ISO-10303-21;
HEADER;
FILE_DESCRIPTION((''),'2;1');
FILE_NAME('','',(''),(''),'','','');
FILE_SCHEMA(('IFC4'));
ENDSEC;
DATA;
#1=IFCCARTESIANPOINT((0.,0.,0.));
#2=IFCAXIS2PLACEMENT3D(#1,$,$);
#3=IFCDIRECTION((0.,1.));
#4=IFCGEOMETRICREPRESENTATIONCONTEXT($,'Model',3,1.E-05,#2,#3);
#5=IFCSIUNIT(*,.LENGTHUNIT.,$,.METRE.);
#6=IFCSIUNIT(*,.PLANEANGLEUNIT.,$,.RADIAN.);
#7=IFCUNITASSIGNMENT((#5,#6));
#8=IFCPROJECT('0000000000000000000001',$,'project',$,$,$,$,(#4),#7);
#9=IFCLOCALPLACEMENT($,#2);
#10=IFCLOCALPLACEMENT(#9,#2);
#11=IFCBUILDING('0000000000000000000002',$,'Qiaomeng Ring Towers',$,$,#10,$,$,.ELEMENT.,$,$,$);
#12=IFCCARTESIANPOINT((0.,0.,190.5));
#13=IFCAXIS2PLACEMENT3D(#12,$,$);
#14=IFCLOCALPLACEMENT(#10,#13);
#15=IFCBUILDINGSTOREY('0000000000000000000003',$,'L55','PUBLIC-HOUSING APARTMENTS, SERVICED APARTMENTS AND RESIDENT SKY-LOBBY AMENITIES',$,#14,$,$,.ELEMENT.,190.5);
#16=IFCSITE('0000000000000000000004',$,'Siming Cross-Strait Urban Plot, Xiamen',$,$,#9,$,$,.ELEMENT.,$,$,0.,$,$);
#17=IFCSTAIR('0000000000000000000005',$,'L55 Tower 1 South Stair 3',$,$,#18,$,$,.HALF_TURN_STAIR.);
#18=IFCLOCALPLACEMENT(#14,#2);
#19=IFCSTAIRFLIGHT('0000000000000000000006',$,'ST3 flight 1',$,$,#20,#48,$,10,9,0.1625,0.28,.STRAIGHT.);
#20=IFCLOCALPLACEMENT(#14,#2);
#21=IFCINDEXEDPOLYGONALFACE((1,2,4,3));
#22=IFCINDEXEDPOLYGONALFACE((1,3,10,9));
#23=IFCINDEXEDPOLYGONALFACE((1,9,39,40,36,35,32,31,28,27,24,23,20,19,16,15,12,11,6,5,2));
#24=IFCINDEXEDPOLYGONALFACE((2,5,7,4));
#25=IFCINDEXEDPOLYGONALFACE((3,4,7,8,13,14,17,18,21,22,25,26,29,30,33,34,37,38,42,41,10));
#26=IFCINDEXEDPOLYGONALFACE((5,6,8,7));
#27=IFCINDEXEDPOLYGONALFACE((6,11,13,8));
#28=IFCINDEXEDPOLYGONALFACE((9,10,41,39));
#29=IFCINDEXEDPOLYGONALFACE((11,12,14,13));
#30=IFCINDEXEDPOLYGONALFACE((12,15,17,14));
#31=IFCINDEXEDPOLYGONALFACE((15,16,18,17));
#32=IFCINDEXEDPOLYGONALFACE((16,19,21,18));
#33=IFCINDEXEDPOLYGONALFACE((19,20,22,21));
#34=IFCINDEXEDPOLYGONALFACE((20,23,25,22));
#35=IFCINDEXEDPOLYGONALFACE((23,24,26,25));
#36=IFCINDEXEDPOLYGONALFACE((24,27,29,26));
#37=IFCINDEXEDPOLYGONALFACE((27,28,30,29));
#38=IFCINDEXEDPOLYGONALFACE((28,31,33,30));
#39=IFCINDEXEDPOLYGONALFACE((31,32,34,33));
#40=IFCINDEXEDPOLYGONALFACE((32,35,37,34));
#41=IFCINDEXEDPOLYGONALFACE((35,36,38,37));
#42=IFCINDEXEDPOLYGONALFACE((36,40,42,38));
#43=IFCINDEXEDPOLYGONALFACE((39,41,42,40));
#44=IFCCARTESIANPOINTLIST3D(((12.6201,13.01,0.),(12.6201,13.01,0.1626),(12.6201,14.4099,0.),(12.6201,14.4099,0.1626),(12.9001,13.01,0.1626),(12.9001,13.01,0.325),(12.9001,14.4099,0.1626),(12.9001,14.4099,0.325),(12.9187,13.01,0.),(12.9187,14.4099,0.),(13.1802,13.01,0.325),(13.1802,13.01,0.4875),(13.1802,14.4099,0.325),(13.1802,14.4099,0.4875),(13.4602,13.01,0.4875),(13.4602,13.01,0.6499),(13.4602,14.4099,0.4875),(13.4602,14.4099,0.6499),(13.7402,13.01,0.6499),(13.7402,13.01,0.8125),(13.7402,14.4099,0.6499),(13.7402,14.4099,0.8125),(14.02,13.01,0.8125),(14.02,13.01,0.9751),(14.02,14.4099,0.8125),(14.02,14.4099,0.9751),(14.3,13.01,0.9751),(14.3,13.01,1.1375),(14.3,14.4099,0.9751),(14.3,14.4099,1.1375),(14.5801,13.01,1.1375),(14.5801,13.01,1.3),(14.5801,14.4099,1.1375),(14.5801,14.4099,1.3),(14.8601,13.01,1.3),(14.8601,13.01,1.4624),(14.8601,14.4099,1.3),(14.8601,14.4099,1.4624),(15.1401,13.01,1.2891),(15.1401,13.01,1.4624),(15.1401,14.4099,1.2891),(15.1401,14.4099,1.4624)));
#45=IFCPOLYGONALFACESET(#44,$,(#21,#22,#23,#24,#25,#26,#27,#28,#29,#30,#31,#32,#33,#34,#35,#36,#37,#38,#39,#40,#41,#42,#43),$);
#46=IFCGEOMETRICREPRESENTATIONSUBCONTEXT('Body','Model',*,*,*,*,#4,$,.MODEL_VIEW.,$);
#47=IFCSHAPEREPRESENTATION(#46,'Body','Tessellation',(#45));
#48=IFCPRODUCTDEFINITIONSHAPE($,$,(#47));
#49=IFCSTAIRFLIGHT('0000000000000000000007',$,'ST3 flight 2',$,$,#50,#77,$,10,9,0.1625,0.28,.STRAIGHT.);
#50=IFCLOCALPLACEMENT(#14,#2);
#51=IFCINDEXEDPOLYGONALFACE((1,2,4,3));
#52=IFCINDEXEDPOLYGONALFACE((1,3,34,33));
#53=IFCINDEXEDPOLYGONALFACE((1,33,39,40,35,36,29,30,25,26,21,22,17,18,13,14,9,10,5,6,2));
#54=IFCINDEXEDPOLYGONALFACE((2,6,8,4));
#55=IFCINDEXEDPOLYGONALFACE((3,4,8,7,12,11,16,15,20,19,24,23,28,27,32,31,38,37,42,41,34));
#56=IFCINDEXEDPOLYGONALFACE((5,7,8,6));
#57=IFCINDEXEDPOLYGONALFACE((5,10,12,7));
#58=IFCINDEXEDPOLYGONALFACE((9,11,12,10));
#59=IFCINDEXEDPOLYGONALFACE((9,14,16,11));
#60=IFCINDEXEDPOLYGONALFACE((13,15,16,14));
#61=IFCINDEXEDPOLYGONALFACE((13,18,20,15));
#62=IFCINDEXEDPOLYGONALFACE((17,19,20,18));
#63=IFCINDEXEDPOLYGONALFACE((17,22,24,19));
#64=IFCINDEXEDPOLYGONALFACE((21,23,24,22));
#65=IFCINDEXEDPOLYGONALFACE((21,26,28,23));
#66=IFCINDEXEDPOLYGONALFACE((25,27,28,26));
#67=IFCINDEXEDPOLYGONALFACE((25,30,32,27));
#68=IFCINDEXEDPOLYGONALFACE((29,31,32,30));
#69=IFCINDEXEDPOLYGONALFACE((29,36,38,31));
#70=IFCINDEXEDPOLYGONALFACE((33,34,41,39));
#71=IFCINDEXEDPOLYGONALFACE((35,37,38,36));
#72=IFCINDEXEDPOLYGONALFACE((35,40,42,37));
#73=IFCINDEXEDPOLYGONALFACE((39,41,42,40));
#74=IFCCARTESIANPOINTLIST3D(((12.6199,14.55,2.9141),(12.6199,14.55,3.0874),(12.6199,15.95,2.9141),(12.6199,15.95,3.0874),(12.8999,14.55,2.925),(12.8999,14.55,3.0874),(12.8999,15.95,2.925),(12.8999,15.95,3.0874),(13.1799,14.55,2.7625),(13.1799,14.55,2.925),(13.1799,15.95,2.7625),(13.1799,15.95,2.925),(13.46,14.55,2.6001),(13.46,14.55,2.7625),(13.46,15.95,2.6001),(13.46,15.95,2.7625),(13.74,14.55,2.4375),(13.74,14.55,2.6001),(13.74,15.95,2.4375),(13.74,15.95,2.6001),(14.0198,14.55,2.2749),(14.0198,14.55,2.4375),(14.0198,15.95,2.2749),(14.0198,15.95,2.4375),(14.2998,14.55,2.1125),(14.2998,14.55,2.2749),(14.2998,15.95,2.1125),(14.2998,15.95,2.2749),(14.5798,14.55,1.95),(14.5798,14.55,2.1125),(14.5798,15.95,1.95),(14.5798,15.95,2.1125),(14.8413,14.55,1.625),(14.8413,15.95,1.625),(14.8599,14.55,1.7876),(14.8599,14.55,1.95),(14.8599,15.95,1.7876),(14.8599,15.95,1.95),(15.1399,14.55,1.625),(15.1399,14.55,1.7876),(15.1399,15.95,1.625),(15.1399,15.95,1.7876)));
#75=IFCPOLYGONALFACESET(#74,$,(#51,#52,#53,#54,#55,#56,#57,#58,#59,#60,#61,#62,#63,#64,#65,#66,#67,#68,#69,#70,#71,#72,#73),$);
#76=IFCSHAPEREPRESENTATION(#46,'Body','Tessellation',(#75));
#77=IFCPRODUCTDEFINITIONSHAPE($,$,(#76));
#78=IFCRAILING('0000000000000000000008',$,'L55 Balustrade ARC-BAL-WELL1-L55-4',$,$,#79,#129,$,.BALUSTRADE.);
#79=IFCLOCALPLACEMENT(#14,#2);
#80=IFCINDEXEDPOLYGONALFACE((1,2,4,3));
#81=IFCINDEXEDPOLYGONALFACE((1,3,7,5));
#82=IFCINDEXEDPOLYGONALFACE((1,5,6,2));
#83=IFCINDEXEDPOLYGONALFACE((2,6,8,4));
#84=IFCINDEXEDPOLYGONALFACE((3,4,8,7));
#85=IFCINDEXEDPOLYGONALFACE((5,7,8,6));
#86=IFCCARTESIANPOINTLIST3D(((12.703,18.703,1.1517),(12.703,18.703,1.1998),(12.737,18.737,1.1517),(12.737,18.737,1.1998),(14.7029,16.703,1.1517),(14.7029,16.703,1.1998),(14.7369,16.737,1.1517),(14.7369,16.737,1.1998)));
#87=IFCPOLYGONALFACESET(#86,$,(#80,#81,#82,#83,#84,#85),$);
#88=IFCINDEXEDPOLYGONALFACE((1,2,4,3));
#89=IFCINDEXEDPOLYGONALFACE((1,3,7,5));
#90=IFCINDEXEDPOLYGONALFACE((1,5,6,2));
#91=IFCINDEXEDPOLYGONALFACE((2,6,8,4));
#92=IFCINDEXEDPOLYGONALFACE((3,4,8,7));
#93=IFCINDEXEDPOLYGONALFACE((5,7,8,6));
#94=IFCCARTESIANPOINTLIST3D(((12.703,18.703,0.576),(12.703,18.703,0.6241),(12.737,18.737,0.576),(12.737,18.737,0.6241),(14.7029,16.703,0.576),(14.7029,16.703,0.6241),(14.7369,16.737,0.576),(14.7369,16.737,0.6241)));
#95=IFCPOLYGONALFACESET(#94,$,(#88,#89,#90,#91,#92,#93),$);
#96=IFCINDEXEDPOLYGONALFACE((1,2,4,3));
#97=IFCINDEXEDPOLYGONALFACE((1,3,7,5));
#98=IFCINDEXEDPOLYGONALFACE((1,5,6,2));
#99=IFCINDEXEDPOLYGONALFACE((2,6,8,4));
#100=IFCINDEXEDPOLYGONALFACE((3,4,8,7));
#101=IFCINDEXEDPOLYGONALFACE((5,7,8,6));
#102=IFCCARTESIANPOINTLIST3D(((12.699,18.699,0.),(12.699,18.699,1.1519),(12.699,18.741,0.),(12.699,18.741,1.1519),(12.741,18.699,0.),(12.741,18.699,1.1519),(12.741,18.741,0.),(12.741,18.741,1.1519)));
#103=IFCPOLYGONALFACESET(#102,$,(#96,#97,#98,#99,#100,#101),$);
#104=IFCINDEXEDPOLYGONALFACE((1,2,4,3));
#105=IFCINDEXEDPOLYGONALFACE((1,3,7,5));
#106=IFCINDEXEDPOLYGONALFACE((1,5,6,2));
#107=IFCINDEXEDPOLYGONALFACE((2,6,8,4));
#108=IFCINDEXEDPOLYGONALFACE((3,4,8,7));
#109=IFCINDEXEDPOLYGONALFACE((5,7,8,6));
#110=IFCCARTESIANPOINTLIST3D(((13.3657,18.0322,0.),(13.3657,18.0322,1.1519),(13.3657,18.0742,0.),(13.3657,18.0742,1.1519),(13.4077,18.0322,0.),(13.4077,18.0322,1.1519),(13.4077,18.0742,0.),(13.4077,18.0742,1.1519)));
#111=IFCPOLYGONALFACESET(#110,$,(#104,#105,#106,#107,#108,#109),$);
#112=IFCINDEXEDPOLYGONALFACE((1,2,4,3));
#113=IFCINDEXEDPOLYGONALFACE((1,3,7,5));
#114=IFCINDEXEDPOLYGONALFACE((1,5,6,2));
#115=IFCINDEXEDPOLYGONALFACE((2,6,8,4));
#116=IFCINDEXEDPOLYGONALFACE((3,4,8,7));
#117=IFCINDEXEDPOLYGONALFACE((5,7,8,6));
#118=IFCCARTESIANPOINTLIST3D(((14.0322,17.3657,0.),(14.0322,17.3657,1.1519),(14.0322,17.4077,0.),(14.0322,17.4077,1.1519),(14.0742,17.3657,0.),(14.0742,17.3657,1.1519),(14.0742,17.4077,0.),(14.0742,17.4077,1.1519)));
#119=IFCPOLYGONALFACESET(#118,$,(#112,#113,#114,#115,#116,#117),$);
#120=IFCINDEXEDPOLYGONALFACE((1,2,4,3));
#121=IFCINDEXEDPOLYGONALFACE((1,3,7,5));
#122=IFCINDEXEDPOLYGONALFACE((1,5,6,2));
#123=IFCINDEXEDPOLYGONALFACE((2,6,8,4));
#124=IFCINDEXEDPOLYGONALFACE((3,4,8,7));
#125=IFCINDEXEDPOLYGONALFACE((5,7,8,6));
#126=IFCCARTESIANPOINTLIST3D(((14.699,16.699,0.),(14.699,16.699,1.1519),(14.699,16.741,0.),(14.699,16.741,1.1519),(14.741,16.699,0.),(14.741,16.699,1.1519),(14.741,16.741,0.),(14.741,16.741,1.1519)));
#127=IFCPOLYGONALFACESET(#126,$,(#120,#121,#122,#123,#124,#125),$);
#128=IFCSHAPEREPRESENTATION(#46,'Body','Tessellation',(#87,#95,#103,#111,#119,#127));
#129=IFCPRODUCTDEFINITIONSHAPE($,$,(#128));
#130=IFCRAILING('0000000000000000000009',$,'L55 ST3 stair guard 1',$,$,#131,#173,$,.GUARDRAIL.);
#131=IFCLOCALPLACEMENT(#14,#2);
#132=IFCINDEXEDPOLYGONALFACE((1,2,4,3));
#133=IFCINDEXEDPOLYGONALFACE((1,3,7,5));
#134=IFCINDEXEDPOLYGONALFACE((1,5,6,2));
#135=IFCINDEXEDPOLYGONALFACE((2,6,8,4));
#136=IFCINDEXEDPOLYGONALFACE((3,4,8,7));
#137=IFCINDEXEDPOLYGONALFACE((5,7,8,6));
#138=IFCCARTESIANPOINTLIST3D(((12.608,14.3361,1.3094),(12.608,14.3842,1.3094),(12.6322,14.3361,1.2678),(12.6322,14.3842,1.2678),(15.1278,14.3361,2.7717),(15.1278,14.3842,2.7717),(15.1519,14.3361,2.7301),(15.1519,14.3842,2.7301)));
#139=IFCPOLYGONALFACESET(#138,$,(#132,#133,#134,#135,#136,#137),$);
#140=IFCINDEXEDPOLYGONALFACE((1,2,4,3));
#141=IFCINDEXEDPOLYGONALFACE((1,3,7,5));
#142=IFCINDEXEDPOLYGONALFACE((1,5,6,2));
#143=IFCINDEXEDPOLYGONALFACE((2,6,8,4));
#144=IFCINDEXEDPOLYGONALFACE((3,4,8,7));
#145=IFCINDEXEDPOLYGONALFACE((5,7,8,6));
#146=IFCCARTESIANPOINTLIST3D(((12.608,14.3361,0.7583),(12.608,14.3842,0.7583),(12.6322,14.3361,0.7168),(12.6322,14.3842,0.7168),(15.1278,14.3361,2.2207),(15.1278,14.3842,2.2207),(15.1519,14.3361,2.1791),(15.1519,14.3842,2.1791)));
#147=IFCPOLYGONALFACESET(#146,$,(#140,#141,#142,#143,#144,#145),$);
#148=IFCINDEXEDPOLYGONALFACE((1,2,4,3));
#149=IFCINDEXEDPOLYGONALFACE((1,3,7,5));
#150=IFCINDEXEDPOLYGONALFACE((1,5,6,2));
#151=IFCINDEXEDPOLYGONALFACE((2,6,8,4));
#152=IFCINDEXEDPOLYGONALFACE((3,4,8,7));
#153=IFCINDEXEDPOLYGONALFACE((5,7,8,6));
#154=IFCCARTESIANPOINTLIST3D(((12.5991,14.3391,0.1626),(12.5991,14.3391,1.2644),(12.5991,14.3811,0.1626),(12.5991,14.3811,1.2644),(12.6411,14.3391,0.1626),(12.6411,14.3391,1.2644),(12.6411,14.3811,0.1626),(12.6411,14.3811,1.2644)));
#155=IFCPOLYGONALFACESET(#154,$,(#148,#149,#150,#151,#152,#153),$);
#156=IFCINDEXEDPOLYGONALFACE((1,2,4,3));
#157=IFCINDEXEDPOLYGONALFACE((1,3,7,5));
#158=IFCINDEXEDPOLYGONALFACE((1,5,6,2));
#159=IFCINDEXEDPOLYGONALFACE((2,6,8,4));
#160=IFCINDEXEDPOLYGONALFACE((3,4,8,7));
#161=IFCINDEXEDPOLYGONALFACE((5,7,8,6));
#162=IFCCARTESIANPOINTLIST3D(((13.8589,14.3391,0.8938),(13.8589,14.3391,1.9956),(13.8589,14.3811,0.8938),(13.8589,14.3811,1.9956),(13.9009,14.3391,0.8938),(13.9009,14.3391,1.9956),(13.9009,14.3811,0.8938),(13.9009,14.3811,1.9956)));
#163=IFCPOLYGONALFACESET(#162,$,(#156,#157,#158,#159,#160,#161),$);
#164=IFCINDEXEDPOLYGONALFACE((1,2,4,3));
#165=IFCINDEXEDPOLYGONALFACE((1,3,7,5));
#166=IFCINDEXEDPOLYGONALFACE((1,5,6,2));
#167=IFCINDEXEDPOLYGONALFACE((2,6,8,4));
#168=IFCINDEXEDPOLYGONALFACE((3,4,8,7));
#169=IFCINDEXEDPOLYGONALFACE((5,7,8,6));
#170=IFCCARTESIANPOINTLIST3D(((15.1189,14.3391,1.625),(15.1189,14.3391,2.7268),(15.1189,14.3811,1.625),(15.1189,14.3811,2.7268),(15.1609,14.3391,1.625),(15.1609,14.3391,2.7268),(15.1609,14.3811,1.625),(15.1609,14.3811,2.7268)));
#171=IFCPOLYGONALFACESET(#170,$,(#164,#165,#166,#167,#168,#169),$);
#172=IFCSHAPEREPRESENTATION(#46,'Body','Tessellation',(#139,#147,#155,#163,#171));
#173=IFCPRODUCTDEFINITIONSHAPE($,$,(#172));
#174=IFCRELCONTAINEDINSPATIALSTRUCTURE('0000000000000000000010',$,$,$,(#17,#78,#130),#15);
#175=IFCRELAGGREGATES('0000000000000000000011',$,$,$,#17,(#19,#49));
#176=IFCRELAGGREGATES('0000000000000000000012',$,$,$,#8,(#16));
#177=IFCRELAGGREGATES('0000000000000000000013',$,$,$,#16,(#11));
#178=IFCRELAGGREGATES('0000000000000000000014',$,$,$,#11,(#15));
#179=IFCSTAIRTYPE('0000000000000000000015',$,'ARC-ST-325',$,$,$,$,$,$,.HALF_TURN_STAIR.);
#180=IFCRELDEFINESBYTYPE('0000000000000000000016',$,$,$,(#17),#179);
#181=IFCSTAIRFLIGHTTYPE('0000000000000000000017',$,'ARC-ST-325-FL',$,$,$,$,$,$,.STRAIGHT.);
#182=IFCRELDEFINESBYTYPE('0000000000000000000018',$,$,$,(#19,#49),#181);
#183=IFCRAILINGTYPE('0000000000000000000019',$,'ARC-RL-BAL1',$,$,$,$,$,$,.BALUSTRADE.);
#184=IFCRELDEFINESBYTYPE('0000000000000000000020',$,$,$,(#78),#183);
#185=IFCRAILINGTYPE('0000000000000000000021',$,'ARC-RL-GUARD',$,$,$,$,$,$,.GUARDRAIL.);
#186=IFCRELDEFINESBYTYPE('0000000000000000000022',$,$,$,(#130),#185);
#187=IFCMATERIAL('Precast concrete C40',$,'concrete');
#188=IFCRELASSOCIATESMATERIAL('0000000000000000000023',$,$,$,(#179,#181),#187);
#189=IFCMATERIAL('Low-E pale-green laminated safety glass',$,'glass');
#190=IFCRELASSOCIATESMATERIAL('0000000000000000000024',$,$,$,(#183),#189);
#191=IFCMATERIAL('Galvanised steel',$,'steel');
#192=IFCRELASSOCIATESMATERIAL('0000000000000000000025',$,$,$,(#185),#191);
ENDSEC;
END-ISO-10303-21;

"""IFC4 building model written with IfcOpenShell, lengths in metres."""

from ifc_helpers import new_model, si_unit, direction, frame, origin, origin_2d, place, context, subcontext, project, spatial, polyline, rectangle, outline, extrude, source, transform, mapped, material, type_object, element, aggregate, save


model = new_model("IFC4")

# Units and contexts
model_context = context("Model", 3, precision=1e-05, world=origin(), true_north=direction((0.0, 1.0)))
body_context = subcontext(model_context, "Body", "Model", "MODEL_VIEW")
ifc_project = project(units=[si_unit("LENGTHUNIT", "METRE"), si_unit("PLANEANGLEUNIT", "RADIAN")], contexts=[model_context])

# Site, building, storey
site_placement = place(None, origin())
site = spatial("IfcSite", under=ifc_project, at=site_placement, Name="Siming Cross-Strait Urban Plot, Xiamen", CompositionType="ELEMENT", RefElevation=0.0)
building_placement = place(site_placement, origin())
building = spatial("IfcBuilding", under=site, at=building_placement, Name="Qiaomeng Ring Towers", CompositionType="ELEMENT")
storey_placement = place(building_placement, frame((0.0, 0.0, 190.5)))
storey = spatial("IfcBuildingStorey", under=building, at=storey_placement, Name="L55", Description="PUBLIC-HOUSING APARTMENTS, SERVICED APARTMENTS AND RESIDENT SKY-LOBBY AMENITIES", CompositionType="ELEMENT", Elevation=190.5)

# Shared definitions
ifc_material_1 = material(Name="Galvanised steel", Category="steel")

# Stair, stair flights
ifc_material_2 = material(Name="Precast concrete C40", Category="concrete")
stair_type = type_object("IfcStairType", Name="ARC-ST-325", PredefinedType="HALF_TURN_STAIR", material=ifc_material_2)
stair_placement = place(storey_placement, origin())
stair = element("IfcStair", 1, at=stair_placement, inside=storey, type_object=stair_type, Name="L55 Tower 1 South Stair 3", PredefinedType="HALF_TURN_STAIR")
stair_flight_type = type_object("IfcStairFlightType", Name="ARC-ST-325-FL", PredefinedType="STRAIGHT", material=ifc_material_2)
shared_shape_1 = source(origin(), body_context, "Body", "SweptSolid", [
    extrude(outline(polyline([(0.0, 0.0), (0.0, 0.1626), (0.28, 0.1626), (0.28, 0.325), (0.5601, 0.325), (0.5601, 0.4875), (0.8401, 0.4875), (0.8401, 0.6499), (1.1201, 0.6499), (1.1201, 0.8125), (1.3999, 0.8125), (1.3999, 0.9751), (1.6799, 0.9751), (1.6799, 1.1375), (1.96, 1.1375), (1.96, 1.3), (2.24, 1.3), (2.24, 1.4624), (2.52, 1.4624), (2.52, 1.625), (2.52, 1.2891), (0.2986, 0.0), (0.0, 0.0)])), frame((0.0, 0.7, 0.0), z_axis=(0.0, -1.0, 0.0), x_axis=(1.0, 0.0, 0.0)), (0.0, 0.0, 1.0), 1.3999),
])
stair_flight_1_placement = place(storey_placement, frame((12.6201, 13.71, 0.0), z_axis=(0.0, 0.0, 1.0), x_axis=(1.0, 0.0, 0.0)))
stair_flight_1 = element("IfcStairFlight", 2, at=stair_flight_1_placement, type_object=stair_flight_type, Name="ST3 flight 1", NumberOfRisers=10, NumberOfTreads=9, PredefinedType="STRAIGHT", RiserHeight=0.1625, TreadLength=0.28, context=body_context, shape_type="MappedRepresentation", body=[
    mapped(shared_shape_1, transform((0.0, 0.0, 0.0), x_axis=(1.0, 0.0, 0.0), y_axis=(0.0, 1.0, 0.0), z_axis=(0.0, 0.0, 1.0), scale=1.0)),
])
stair_flight_2_placement = place(storey_placement, frame((15.1399, 15.25, 1.625), z_axis=(0.0, 0.0, 1.0), x_axis=(-1.0, 0.0, 0.0)))
stair_flight_2 = element("IfcStairFlight", 3, at=stair_flight_2_placement, type_object=stair_flight_type, Name="ST3 flight 2", NumberOfRisers=10, NumberOfTreads=9, PredefinedType="STRAIGHT", RiserHeight=0.1625, TreadLength=0.28, context=body_context, shape_type="MappedRepresentation", body=[
    mapped(shared_shape_1, transform((0.0, 0.0, 0.0), x_axis=(1.0, 0.0, 0.0), y_axis=(0.0, 1.0, 0.0), z_axis=(0.0, 0.0, 1.0), scale=1.0)),
])
aggregate(stair, [stair_flight_1, stair_flight_2])

# Railings
ifc_material_3 = material(Name="Low-E pale-green laminated safety glass", Category="glass")
railing_type_1 = type_object("IfcRailingType", Name="ARC-RL-BAL1", PredefinedType="BALUSTRADE", material=ifc_material_3)
railing_1_placement = place(storey_placement, frame((12.72, 18.72, 0.0)))
element("IfcRailing", 4, at=railing_1_placement, inside=storey, type_object=railing_type_1, Name="L55 Balustrade ARC-BAL-WELL1-L55-4", PredefinedType="BALUSTRADE", context=body_context, shape_type="SweptSolid", body=[
    extrude(rectangle(XDim=0.0481, YDim=0.0481, at=origin_2d()), frame((0.0, 0.0, 1.1758), z_axis=(0.707107, -0.707107, 0.0), x_axis=(0.707107, 0.707107, 0.0)), (0.0, 0.0, 1.0), 2.8284),
    extrude(rectangle(XDim=0.0481, YDim=0.0481, at=origin_2d()), frame((0.0, 0.0, 0.6001), z_axis=(0.707107, -0.707107, 0.0), x_axis=(0.707107, 0.707107, 0.0)), (0.0, 0.0, 1.0), 2.8284),
    extrude(rectangle(XDim=0.042, YDim=0.042, at=origin_2d()), origin(), (0.0, 0.0, 1.0), 1.1519),
    extrude(rectangle(XDim=0.042, YDim=0.042, at=origin_2d()), frame((0.6667, -0.6667, 0.0)), (0.0, 0.0, 1.0), 1.1519),
    extrude(rectangle(XDim=0.042, YDim=0.042, at=origin_2d()), frame((1.3333, -1.3333, 0.0)), (0.0, 0.0, 1.0), 1.1519),
    extrude(rectangle(XDim=0.042, YDim=0.042, at=origin_2d()), frame((2.0, -2.0, 0.0)), (0.0, 0.0, 1.0), 1.1519),
])
railing_type_2 = type_object("IfcRailingType", Name="ARC-RL-GUARD", PredefinedType="GUARDRAIL", material=ifc_material_1)
railing_2_placement = place(storey_placement, frame((12.6201, 14.3601, 0.1626)))
element("IfcRailing", 5, at=railing_2_placement, inside=storey, type_object=railing_type_2, Name="L55 ST3 stair guard 1", PredefinedType="GUARDRAIL", context=body_context, shape_type="SweptSolid", body=[
    extrude(rectangle(XDim=0.0481, YDim=0.0481, at=origin_2d()), frame((0.0, 0.0, 1.126), z_axis=(0.864892, 0.0, 0.501958), x_axis=(0.0, 1.0, 0.0)), (0.0, 0.0, 1.0), 2.9133),
    extrude(rectangle(XDim=0.0481, YDim=0.0481, at=origin_2d()), frame((0.0, 0.0, 0.575), z_axis=(0.864892, 0.0, 0.501958), x_axis=(0.0, 1.0, 0.0)), (0.0, 0.0, 1.0), 2.9133),
    extrude(rectangle(XDim=0.042, YDim=0.042, at=origin_2d()), origin(), (0.0, 0.0, 1.0), 1.1018),
    extrude(rectangle(XDim=0.042, YDim=0.042, at=origin_2d()), frame((1.2598, 0.0, 0.7312)), (0.0, 0.0, 1.0), 1.1018),
    extrude(rectangle(XDim=0.042, YDim=0.042, at=origin_2d()), frame((2.5198, 0.0, 1.4624)), (0.0, 0.0, 1.0), 1.1018),
])

save(model, "model.ifc")
